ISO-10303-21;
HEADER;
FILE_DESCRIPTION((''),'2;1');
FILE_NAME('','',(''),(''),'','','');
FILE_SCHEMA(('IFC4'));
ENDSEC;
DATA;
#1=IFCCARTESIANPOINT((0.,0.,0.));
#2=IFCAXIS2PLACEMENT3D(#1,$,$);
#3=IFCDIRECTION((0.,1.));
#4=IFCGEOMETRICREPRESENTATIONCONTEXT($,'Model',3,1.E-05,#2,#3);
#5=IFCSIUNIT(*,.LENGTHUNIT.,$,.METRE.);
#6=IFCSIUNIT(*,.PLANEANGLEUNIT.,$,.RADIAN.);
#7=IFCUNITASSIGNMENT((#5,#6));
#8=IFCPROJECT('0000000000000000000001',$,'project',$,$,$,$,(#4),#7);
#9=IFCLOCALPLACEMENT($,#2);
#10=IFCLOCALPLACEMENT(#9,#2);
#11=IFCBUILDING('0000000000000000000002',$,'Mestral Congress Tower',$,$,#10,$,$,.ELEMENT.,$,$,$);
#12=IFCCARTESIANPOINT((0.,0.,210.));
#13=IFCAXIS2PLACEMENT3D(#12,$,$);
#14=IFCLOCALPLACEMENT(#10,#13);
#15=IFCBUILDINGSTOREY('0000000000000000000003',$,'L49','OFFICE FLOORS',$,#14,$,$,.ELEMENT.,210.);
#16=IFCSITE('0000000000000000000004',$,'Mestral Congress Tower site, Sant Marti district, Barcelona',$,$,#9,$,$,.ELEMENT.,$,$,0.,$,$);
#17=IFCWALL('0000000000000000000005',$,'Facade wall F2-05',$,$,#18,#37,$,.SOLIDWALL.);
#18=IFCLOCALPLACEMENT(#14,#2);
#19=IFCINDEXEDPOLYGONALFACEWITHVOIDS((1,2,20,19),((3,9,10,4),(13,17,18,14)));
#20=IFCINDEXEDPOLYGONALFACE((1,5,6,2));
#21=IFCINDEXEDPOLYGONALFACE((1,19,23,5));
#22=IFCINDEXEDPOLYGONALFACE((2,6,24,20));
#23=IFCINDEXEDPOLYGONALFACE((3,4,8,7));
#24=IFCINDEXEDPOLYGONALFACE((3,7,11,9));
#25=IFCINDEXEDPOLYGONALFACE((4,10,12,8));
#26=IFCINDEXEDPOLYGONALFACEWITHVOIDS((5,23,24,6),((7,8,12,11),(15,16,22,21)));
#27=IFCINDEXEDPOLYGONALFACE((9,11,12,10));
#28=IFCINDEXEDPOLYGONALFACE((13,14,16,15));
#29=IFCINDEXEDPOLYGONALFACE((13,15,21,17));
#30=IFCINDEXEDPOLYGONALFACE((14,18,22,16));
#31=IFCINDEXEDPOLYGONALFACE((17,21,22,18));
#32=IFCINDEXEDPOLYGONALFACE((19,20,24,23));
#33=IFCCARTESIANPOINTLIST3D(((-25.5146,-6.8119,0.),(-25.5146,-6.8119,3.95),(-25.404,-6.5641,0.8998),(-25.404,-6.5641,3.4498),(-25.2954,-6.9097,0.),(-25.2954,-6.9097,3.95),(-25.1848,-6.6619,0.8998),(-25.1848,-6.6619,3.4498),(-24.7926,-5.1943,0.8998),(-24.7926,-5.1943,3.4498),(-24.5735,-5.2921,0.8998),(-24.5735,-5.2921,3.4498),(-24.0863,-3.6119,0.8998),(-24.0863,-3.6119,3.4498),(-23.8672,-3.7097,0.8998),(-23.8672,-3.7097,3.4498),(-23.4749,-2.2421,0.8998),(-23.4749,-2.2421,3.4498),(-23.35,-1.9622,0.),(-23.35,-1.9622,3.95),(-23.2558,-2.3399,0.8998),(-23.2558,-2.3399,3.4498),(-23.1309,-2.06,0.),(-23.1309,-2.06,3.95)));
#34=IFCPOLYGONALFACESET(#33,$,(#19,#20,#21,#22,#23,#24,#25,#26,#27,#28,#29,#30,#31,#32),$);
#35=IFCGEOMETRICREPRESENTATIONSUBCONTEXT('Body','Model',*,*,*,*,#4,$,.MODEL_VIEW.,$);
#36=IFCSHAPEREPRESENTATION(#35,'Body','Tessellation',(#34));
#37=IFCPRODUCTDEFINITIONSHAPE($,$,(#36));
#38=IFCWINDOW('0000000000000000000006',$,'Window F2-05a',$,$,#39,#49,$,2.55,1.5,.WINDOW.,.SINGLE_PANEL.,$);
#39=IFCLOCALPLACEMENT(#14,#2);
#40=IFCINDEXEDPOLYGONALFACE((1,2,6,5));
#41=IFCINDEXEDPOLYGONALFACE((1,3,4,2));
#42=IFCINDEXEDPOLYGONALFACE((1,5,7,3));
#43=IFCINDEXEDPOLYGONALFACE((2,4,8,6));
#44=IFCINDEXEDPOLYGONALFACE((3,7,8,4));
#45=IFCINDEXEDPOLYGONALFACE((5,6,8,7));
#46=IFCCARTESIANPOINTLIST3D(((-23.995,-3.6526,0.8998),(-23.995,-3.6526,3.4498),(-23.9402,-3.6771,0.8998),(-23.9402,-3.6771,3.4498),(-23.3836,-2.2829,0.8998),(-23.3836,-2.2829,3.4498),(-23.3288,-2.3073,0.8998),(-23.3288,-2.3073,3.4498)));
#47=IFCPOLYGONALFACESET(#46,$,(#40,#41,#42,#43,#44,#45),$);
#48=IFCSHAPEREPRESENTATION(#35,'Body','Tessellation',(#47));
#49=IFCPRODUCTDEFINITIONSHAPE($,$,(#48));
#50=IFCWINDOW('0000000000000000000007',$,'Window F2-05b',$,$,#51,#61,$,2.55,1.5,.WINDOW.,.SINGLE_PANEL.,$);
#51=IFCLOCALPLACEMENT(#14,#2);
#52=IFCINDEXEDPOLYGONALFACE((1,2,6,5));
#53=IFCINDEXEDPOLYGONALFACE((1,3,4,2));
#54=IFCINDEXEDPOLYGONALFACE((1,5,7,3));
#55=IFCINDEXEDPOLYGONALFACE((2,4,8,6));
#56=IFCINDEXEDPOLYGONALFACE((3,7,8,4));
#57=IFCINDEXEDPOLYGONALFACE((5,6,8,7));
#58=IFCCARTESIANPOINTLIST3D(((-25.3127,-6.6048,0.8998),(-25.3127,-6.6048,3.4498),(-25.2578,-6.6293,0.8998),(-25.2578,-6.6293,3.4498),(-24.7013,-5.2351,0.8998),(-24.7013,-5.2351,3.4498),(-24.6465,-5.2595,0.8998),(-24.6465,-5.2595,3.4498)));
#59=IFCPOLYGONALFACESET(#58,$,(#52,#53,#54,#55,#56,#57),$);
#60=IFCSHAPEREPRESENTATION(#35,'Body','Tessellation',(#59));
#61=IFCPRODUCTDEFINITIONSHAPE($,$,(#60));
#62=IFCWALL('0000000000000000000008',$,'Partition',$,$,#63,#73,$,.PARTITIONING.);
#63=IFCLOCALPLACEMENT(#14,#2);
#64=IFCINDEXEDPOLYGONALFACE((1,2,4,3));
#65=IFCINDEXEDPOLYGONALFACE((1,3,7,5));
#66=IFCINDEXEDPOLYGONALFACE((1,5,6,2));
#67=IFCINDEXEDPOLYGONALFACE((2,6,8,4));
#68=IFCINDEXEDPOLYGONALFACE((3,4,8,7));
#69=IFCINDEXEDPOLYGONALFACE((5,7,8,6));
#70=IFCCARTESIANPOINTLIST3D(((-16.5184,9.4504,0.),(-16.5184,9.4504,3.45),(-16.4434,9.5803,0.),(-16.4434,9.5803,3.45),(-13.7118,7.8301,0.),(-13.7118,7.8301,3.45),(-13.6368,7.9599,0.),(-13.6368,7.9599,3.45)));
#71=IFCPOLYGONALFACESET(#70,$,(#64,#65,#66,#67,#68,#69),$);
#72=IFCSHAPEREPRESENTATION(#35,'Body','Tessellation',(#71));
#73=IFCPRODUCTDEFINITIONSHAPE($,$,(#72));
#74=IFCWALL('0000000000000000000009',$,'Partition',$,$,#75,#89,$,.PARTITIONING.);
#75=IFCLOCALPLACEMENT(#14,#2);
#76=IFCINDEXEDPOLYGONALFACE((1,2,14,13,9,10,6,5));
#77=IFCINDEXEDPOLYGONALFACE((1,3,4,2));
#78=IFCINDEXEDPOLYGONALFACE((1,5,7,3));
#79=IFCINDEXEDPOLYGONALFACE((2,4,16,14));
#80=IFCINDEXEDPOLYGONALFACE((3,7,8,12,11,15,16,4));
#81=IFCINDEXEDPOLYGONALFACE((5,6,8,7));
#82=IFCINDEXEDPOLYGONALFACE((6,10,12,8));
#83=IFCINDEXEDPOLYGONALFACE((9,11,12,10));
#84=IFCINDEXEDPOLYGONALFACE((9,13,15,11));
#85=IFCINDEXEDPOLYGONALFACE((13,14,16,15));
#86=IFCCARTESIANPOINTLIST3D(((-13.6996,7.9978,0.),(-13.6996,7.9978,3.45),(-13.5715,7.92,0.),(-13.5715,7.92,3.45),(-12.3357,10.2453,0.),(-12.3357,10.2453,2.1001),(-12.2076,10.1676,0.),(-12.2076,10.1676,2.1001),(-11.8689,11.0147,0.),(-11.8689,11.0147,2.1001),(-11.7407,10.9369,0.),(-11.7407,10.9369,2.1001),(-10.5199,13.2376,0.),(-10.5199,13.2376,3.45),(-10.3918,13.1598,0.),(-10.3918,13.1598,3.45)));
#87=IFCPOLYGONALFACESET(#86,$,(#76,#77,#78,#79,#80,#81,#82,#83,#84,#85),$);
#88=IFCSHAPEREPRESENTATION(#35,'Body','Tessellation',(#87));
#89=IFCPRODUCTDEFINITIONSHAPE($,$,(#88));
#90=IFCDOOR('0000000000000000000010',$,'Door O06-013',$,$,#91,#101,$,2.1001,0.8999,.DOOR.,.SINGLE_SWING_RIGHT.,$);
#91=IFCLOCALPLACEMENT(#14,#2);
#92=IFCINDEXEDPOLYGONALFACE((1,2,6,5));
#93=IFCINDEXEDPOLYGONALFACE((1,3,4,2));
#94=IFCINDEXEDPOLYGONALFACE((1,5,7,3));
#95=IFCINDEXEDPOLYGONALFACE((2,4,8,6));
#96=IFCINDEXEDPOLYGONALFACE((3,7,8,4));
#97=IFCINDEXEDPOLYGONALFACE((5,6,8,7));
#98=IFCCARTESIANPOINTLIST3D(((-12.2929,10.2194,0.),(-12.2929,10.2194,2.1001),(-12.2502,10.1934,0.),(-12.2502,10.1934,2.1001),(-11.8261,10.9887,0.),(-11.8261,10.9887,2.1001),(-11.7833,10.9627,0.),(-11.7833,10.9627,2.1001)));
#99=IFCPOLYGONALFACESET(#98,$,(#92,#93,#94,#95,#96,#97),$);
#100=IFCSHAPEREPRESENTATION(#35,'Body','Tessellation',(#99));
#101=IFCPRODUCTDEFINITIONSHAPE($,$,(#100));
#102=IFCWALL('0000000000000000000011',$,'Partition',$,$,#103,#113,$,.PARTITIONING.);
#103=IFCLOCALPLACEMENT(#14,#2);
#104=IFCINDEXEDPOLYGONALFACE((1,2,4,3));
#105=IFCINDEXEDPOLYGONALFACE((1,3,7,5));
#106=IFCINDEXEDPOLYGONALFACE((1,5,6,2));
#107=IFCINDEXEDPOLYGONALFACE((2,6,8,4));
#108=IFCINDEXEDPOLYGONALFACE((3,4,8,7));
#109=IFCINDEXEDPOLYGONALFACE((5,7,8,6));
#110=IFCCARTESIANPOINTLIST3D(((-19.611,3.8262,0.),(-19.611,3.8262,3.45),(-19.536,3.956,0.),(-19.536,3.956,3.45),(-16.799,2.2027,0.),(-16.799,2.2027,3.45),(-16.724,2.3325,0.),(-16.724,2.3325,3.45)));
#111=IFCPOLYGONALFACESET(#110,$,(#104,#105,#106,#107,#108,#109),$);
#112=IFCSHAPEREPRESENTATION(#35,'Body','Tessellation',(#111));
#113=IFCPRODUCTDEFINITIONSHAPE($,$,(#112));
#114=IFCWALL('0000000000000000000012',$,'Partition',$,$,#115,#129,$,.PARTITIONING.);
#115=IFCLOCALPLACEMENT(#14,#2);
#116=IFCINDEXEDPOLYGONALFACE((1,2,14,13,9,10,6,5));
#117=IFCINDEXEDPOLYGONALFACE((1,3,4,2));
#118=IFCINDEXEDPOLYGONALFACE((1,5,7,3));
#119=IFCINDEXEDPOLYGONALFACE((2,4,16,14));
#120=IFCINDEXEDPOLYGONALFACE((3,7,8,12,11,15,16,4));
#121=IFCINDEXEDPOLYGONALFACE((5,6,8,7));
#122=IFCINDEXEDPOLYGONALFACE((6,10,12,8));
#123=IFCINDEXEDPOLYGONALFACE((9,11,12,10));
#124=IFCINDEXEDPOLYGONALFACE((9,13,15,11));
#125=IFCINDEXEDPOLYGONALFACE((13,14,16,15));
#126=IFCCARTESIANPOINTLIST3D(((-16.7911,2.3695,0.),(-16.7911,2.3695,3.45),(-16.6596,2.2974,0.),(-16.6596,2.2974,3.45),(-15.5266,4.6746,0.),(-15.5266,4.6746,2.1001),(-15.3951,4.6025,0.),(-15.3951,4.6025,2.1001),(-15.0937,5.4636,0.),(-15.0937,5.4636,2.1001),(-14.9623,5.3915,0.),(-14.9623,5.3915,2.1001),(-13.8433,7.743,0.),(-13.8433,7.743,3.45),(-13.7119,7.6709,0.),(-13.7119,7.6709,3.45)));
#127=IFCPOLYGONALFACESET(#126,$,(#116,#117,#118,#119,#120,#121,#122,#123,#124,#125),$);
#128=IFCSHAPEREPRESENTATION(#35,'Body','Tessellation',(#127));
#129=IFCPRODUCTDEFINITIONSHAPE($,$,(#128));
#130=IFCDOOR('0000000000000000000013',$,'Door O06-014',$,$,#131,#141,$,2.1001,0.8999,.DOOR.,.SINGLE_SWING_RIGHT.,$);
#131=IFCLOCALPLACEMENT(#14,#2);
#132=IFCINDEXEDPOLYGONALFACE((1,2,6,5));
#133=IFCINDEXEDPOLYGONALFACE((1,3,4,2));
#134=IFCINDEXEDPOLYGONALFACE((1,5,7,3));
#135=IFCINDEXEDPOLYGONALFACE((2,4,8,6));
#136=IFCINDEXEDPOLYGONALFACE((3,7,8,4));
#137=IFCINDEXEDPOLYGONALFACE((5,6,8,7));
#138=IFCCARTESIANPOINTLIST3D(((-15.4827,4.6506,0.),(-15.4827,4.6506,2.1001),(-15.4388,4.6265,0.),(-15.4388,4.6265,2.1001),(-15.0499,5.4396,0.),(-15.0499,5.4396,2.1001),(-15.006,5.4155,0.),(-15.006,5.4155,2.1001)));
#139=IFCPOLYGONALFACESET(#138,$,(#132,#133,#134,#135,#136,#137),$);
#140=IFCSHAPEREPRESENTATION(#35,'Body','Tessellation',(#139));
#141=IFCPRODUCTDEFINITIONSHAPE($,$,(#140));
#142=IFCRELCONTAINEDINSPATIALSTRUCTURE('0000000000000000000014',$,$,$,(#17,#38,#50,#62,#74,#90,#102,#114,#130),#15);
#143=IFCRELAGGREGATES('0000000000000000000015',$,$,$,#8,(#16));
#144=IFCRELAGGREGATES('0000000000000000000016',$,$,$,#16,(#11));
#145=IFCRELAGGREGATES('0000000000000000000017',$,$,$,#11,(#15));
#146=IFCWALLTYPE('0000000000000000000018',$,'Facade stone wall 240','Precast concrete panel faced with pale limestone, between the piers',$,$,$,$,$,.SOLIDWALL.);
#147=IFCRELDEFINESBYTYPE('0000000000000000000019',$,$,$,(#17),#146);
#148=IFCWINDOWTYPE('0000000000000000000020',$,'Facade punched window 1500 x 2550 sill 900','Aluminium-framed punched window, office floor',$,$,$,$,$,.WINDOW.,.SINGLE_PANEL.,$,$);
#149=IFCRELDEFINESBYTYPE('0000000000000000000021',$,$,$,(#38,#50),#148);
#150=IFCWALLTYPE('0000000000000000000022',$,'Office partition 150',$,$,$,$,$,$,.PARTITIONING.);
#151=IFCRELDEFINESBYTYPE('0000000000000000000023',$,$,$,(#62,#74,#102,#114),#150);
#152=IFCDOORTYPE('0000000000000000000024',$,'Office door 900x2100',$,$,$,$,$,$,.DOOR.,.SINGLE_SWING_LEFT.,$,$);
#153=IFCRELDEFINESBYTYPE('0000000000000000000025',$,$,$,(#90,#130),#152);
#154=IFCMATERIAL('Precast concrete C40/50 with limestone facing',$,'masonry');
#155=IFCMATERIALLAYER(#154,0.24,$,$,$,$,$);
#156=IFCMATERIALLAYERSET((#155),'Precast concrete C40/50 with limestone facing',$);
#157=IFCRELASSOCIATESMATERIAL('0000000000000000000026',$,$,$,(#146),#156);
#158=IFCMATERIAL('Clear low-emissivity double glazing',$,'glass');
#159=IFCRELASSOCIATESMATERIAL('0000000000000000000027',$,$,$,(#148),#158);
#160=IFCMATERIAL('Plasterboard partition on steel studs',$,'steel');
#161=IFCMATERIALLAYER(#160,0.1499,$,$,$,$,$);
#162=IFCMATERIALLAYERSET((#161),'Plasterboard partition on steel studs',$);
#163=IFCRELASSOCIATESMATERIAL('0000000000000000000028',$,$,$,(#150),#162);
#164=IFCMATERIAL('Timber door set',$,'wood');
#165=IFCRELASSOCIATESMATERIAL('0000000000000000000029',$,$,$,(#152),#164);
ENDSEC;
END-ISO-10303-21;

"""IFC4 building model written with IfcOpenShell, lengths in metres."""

from ifc_helpers import new_model, si_unit, direction, frame, frame_2d, origin, place, context, subcontext, project, spatial, rectangle, extrude, material, layer, layer_set, type_object, element, fill, save


model = new_model("IFC4")

# Units and contexts
model_context = context("Model", 3, precision=1e-05, world=origin(), true_north=direction((0.0, 1.0)))
body_context = subcontext(model_context, "Body", "Model", "MODEL_VIEW")
ifc_project = project(units=[si_unit("LENGTHUNIT", "METRE"), si_unit("PLANEANGLEUNIT", "RADIAN")], contexts=[model_context])

# Site, building, storey
site_placement = place(None, origin())
site = spatial("IfcSite", under=ifc_project, at=site_placement, Name="Mestral Congress Tower site, Sant Marti district, Barcelona", CompositionType="ELEMENT", RefElevation=0.0)
building_placement = place(site_placement, origin())
building = spatial("IfcBuilding", under=site, at=building_placement, Name="Mestral Congress Tower", CompositionType="ELEMENT")
storey_placement = place(building_placement, frame((0.0, 0.0, 210.0)))
storey = spatial("IfcBuildingStorey", under=building, at=storey_placement, Name="L49", Description="OFFICE FLOORS", CompositionType="ELEMENT", Elevation=210.0)

# Wall, openings, windows
ifc_material_1 = material(Name="Precast concrete C40/50 with limestone facing", Category="masonry")
ifc_layer_1 = layer(ifc_material_1, 0.24)
ifc_layer_set_1 = layer_set([ifc_layer_1], Name="Precast concrete C40/50 with limestone facing")
wall_type_1 = type_object("IfcWallType", Name="Facade stone wall 240", Description="Precast concrete panel faced with pale limestone, between the piers", PredefinedType="SOLIDWALL", material=ifc_layer_set_1)
ifc_material_2 = material(Name="Clear low-emissivity double glazing", Category="glass")
window_type = type_object("IfcWindowType", Name="Facade punched window 1500 x 2550 sill 900", Description="Aluminium-framed punched window, office floor", PartitioningType="SINGLE_PANEL", PredefinedType="WINDOW", material=ifc_material_2)
wall_1_placement = place(storey_placement, frame((-23.2405, -2.0112, 0.0), z_axis=(0.0, 0.0, 1.0), x_axis=(-0.40758, -0.91317, 0.0)))
wall_1 = element("IfcWall", 1, at=wall_1_placement, inside=storey, type_object=wall_type_1, Name="Facade wall F2-05", PredefinedType="SOLIDWALL", context=body_context, shape_type="SweptSolid", body=[
    extrude(rectangle(XDim=5.3108, YDim=0.24, at=frame_2d((2.6553, 0.0))), origin(), (0.0, 0.0, 1.0), 3.95),
])
opening_1_placement = place(wall_1_placement, frame((0.3064, 0.0, 0.8999)))
opening_1 = element("IfcOpeningElement", 2, at=opening_1_placement, cuts=wall_1, PredefinedType="OPENING", context=body_context, shape_type="SweptSolid", body=[
    extrude(rectangle(XDim=1.5, YDim=2.55, at=frame_2d((0.75, 1.2749))), frame((0.0, 0.1299, 0.0), z_axis=(0.0, -1.0, 0.0), x_axis=(1.0, 0.0, 0.0)), (0.0, 0.0, 1.0), 0.26),
])
opening_2_placement = place(wall_1_placement, frame((3.5393, 0.0, 0.8999)))
opening_2 = element("IfcOpeningElement", 3, at=opening_2_placement, cuts=wall_1, PredefinedType="OPENING", context=body_context, shape_type="SweptSolid", body=[
    extrude(rectangle(XDim=1.5, YDim=2.55, at=frame_2d((0.75, 1.2749))), frame((0.0, 0.1299, 0.0), z_axis=(0.0, -1.0, 0.0), x_axis=(1.0, 0.0, 0.0)), (0.0, 0.0, 1.0), 0.26),
])
window_1_placement = place(opening_1_placement, origin())
window_1 = element("IfcWindow", 4, at=window_1_placement, inside=storey, type_object=window_type, Name="Window F2-05a", OverallHeight=2.55, OverallWidth=1.5, PartitioningType="SINGLE_PANEL", PredefinedType="WINDOW", context=body_context, shape_type="SweptSolid", body=[
    extrude(rectangle(XDim=1.5, YDim=2.55, at=frame_2d((0.75, 1.2749))), frame((0.0, 0.04, 0.0), z_axis=(0.0, -1.0, 0.0), x_axis=(1.0, 0.0, 0.0)), (0.0, 0.0, 1.0), 0.0601),
])
fill(opening_1, window_1)
window_2_placement = place(opening_2_placement, origin())
window_2 = element("IfcWindow", 5, at=window_2_placement, inside=storey, type_object=window_type, Name="Window F2-05b", OverallHeight=2.55, OverallWidth=1.5, PartitioningType="SINGLE_PANEL", PredefinedType="WINDOW", context=body_context, shape_type="SweptSolid", body=[
    extrude(rectangle(XDim=1.5, YDim=2.55, at=frame_2d((0.75, 1.2749))), frame((0.0, 0.04, 0.0), z_axis=(0.0, -1.0, 0.0), x_axis=(1.0, 0.0, 0.0)), (0.0, 0.0, 1.0), 0.0601),
])
fill(opening_2, window_2)

# Wall
ifc_material_3 = material(Name="Plasterboard partition on steel studs", Category="steel")
ifc_layer_2 = layer(ifc_material_3, 0.1499)
ifc_layer_set_2 = layer_set([ifc_layer_2], Name="Plasterboard partition on steel studs")
wall_type_2 = type_object("IfcWallType", Name="Office partition 150", PredefinedType="PARTITIONING", material=ifc_layer_set_2)
wall_2_placement = place(storey_placement, frame((-13.6743, 7.895, 0.0), z_axis=(0.0, 0.0, 1.0), x_axis=(-0.866033, 0.499988, 0.0)))
element("IfcWall", 6, at=wall_2_placement, inside=storey, type_object=wall_type_2, Name="Partition", PredefinedType="PARTITIONING", context=body_context, shape_type="SweptSolid", body=[
    extrude(rectangle(XDim=3.2407, YDim=0.1499, at=frame_2d((1.6204, 0.0))), origin(), (0.0, 0.0, 1.0), 3.45),
])

# Wall, opening, door
wall_3_placement = place(storey_placement, frame((-13.6355, 7.959, 0.0), z_axis=(0.0, 0.0, 1.0), x_axis=(0.518789, 0.854902, 0.0)))
wall_3 = element("IfcWall", 7, at=wall_3_placement, inside=storey, type_object=wall_type_2, Name="Partition", PredefinedType="PARTITIONING", context=body_context, shape_type="SweptSolid", body=[
    extrude(rectangle(XDim=6.1292, YDim=0.1499, at=frame_2d((3.0645, 0.0))), origin(), (0.0, 0.0, 1.0), 3.45),
])
opening_3_placement = place(wall_3_placement, frame((2.6289, 0.0, 0.0)))
opening_3 = element("IfcOpeningElement", 8, at=opening_3_placement, cuts=wall_3, PredefinedType="OPENING", context=body_context, shape_type="SweptSolid", body=[
    extrude(rectangle(XDim=0.8999, YDim=2.1001, at=frame_2d((0.45, 1.05))), frame((0.0, 0.085, 0.0), z_axis=(0.0, -1.0, 0.0), x_axis=(1.0, 0.0, 0.0)), (0.0, 0.0, 1.0), 0.1699),
])
ifc_material_4 = material(Name="Timber door set", Category="wood")
door_type_1 = type_object("IfcDoorType", Name="Office door 900x2100", OperationType="SINGLE_SWING_LEFT", PredefinedType="DOOR", material=ifc_material_4)
door_1_placement = place(opening_3_placement, origin())
door_1 = element("IfcDoor", 9, at=door_1_placement, inside=storey, type_object=door_type_1, Name="Door O06-013", OperationType="SINGLE_SWING_RIGHT", OverallHeight=2.1001, OverallWidth=0.8999, PredefinedType="DOOR", context=body_context, shape_type="SweptSolid", body=[
    extrude(rectangle(XDim=0.8999, YDim=2.1001, at=frame_2d((0.45, 1.05))), frame((0.0, 0.0249, 0.0), z_axis=(0.0, -1.0, 0.0), x_axis=(1.0, 0.0, 0.0)), (0.0, 0.0, 1.0), 0.05),
])
fill(opening_3, door_1)

# Wall
wall_4_placement = place(storey_placement, frame((-16.7615, 2.2676, 0.0), z_axis=(0.0, 0.0, 1.0), x_axis=(-0.866023, 0.500004, 0.0)))
element("IfcWall", 10, at=wall_4_placement, inside=storey, type_object=wall_type_2, Name="Partition", PredefinedType="PARTITIONING", context=body_context, shape_type="SweptSolid", body=[
    extrude(rectangle(XDim=3.2471, YDim=0.1499, at=frame_2d((1.6235, 0.0))), origin(), (0.0, 0.0, 1.0), 3.45),
])

# Wall, opening, door
wall_5_placement = place(storey_placement, frame((-16.7253, 2.3335, 0.0), z_axis=(0.0, 0.0, 1.0), x_axis=(0.480955, 0.876745, 0.0)))
wall_5 = element("IfcWall", 11, at=wall_5_placement, inside=storey, type_object=wall_type_2, Name="Partition", PredefinedType="PARTITIONING", context=body_context, shape_type="SweptSolid", body=[
    extrude(rectangle(XDim=6.1289, YDim=0.1499, at=frame_2d((3.0645, 0.0))), origin(), (0.0, 0.0, 1.0), 3.45),
])
opening_4_placement = place(wall_5_placement, frame((2.6292, 0.0, 0.0)))
opening_4 = element("IfcOpeningElement", 12, at=opening_4_placement, cuts=wall_5, PredefinedType="OPENING", context=body_context, shape_type="SweptSolid", body=[
    extrude(rectangle(XDim=0.8999, YDim=2.1001, at=frame_2d((0.45, 1.05))), frame((0.0, 0.085, 0.0), z_axis=(0.0, -1.0, 0.0), x_axis=(1.0, 0.0, 0.0)), (0.0, 0.0, 1.0), 0.1699),
])
door_2_placement = place(opening_4_placement, origin())
door_2 = element("IfcDoor", 13, at=door_2_placement, inside=storey, type_object=door_type_1, Name="Door O06-014", OperationType="SINGLE_SWING_RIGHT", OverallHeight=2.1001, OverallWidth=0.8999, PredefinedType="DOOR", context=body_context, shape_type="SweptSolid", body=[
    extrude(rectangle(XDim=0.8999, YDim=2.1001, at=frame_2d((0.45, 1.05))), frame((0.0, 0.0249, 0.0), z_axis=(0.0, -1.0, 0.0), x_axis=(1.0, 0.0, 0.0)), (0.0, 0.0, 1.0), 0.05),
])
fill(opening_4, door_2)

save(model, "model.ifc")
